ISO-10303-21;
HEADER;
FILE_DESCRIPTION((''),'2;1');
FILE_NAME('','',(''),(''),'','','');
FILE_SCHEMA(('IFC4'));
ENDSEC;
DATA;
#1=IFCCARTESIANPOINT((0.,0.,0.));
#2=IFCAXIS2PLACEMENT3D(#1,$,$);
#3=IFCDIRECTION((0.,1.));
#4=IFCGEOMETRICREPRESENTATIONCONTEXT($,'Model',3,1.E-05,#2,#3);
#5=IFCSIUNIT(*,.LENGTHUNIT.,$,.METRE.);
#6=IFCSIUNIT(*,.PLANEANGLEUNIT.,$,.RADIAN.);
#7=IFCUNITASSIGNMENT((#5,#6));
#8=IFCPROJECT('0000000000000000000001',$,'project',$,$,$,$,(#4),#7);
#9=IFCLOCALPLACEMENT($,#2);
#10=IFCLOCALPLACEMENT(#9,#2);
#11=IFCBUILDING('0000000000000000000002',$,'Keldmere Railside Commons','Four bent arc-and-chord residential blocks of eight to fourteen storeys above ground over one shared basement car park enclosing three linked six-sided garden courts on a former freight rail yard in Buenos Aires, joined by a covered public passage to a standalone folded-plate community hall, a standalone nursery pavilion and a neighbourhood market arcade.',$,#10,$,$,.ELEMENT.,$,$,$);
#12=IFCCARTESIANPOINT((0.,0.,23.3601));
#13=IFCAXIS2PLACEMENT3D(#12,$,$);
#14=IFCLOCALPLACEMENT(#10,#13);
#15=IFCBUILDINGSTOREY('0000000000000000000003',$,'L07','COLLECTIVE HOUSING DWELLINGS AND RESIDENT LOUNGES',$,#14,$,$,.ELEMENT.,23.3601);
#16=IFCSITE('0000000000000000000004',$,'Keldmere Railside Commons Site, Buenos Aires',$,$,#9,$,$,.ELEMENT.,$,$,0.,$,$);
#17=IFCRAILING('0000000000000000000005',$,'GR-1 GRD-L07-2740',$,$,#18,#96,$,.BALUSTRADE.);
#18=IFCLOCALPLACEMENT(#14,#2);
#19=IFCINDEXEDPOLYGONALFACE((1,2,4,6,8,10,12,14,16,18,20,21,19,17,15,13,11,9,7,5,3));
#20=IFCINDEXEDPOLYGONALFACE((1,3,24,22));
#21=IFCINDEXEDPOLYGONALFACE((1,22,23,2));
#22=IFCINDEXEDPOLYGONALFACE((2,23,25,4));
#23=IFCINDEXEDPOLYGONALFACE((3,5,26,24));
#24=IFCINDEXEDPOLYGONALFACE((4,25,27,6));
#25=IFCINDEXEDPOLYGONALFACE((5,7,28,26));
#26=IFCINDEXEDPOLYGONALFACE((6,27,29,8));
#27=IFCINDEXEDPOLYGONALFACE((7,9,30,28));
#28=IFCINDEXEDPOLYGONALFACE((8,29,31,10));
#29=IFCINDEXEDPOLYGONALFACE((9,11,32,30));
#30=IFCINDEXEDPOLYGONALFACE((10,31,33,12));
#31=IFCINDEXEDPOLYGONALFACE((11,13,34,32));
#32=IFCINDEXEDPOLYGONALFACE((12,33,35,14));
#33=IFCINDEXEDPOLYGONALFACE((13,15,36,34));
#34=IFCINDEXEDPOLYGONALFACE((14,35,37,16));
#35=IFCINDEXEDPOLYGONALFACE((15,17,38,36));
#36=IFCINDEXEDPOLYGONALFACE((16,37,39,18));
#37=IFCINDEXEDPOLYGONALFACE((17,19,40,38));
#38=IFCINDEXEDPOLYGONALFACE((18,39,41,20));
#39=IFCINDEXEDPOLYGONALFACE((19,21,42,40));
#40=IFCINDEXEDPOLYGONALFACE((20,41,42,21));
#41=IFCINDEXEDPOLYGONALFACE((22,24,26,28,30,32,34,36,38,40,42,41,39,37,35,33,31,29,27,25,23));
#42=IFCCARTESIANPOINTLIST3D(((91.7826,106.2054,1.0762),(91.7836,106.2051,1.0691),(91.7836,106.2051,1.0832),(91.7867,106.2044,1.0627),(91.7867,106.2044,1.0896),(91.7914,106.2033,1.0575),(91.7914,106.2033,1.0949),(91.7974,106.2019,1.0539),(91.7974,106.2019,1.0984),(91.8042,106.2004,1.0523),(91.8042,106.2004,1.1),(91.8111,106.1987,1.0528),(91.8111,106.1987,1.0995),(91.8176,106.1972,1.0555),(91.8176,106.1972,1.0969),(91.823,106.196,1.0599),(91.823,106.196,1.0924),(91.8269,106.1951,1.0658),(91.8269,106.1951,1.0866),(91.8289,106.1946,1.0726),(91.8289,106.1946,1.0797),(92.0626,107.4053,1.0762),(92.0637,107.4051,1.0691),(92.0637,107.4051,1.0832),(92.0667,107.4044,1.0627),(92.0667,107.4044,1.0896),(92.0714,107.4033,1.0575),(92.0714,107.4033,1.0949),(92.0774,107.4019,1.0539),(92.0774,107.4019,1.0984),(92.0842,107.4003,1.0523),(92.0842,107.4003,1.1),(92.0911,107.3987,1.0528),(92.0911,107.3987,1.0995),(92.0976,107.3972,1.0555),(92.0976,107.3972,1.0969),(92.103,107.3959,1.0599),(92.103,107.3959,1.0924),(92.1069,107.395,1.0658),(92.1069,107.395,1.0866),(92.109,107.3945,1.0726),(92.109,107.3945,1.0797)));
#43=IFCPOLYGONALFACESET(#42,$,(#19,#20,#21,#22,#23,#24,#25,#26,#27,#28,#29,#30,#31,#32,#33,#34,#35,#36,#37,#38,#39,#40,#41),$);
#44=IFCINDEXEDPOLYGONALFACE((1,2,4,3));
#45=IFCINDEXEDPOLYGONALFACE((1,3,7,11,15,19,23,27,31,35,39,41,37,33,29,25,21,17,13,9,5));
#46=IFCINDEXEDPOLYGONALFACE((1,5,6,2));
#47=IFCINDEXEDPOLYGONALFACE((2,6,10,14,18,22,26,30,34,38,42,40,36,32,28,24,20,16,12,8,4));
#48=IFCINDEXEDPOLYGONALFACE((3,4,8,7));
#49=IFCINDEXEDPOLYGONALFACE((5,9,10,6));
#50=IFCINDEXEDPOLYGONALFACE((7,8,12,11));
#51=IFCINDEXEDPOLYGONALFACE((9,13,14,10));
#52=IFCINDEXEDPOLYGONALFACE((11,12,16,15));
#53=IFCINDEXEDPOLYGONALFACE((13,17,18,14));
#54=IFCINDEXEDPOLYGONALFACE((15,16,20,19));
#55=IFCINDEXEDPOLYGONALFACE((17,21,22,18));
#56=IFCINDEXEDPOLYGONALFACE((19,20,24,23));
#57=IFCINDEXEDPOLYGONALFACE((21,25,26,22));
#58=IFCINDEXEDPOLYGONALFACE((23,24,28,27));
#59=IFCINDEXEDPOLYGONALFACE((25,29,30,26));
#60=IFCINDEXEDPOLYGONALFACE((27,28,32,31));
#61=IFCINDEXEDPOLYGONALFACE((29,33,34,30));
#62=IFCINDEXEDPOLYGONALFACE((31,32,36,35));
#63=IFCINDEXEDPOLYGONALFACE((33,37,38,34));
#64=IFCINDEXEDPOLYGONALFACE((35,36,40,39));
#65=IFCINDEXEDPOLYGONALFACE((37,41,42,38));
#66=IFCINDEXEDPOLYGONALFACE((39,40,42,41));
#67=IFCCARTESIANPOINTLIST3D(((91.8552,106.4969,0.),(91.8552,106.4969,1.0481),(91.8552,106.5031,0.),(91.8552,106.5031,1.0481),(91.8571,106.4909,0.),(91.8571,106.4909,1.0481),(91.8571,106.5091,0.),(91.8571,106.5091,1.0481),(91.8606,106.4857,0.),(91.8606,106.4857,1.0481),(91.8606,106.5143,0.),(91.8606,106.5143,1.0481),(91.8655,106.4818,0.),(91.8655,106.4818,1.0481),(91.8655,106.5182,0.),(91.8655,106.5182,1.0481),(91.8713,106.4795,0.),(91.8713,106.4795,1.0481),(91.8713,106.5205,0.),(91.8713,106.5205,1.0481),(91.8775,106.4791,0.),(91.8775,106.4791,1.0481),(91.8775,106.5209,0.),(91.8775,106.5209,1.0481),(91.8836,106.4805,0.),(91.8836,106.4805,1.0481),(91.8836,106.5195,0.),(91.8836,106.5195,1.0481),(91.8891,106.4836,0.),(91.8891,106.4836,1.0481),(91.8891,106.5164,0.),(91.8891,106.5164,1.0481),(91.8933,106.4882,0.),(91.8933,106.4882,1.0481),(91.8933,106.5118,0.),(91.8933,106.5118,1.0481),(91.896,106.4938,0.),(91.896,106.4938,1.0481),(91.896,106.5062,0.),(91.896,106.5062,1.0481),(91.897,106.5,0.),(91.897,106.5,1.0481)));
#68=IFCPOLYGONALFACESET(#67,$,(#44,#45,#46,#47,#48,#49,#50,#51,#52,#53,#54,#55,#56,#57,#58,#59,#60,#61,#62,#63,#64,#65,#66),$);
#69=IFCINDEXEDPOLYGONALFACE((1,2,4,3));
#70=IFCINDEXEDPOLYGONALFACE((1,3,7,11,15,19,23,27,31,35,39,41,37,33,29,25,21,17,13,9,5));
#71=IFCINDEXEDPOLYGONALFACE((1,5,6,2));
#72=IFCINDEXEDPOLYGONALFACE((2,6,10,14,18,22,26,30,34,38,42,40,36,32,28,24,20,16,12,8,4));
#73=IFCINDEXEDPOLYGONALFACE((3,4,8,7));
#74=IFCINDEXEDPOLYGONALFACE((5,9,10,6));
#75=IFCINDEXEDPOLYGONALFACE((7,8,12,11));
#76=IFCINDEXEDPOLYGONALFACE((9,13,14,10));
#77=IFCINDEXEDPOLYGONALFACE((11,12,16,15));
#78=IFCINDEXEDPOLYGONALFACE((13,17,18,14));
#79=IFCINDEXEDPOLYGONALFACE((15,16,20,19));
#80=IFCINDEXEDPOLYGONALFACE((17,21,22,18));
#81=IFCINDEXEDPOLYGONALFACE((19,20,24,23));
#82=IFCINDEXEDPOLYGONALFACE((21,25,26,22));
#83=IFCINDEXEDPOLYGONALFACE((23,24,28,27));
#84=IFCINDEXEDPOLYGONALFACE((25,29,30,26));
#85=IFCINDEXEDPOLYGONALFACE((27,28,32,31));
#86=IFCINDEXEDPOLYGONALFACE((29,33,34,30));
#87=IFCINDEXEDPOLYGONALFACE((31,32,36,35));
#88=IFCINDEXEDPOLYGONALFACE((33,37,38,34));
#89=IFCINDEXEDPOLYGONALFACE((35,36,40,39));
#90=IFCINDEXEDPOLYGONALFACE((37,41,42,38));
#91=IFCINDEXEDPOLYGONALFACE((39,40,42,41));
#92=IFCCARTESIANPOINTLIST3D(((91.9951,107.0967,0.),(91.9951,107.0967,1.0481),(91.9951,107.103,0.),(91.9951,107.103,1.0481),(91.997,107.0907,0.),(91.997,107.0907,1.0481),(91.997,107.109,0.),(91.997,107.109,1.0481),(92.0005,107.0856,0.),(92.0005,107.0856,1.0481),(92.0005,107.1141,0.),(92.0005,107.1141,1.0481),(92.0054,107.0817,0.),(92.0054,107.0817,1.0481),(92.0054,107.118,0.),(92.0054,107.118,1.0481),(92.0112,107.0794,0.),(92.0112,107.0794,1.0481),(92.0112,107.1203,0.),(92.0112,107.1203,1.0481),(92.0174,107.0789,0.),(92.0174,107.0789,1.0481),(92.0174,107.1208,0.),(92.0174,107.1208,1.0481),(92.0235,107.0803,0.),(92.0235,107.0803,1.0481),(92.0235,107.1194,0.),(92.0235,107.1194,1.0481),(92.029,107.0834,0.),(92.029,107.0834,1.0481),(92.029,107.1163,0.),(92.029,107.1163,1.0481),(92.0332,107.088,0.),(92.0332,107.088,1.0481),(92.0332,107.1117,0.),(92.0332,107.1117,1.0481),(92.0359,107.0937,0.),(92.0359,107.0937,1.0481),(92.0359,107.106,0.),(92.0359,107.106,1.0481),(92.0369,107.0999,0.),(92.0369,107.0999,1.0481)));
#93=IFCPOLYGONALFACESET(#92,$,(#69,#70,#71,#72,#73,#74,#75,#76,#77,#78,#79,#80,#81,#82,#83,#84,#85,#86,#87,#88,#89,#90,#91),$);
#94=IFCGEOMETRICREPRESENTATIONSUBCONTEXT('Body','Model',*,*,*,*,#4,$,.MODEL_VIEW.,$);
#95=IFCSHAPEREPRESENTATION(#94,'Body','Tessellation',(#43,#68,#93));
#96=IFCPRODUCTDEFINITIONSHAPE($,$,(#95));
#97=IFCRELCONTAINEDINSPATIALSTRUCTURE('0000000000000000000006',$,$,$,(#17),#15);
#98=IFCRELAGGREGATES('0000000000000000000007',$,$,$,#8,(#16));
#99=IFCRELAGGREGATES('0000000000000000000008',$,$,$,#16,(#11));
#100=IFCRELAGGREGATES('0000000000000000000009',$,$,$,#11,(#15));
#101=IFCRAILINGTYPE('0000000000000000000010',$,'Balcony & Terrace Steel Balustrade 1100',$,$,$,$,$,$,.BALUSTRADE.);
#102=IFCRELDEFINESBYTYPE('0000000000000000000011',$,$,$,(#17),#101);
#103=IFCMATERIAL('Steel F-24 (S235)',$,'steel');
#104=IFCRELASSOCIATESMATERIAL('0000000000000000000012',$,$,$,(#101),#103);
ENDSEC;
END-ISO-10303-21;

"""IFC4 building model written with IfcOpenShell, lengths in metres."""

from ifc_helpers import new_model, si_unit, direction, frame, origin, origin_2d, place, context, subcontext, project, spatial, circle, extrude, material, type_object, element, save


model = new_model("IFC4")

# Units and contexts
model_context = context("Model", 3, precision=1e-05, world=origin(), true_north=direction((0.0, 1.0)))
body_context = subcontext(model_context, "Body", "Model", "MODEL_VIEW")
ifc_project = project(units=[si_unit("LENGTHUNIT", "METRE"), si_unit("PLANEANGLEUNIT", "RADIAN")], contexts=[model_context])

# Site, building, storey
site_placement = place(None, origin())
site = spatial("IfcSite", under=ifc_project, at=site_placement, Name="Keldmere Railside Commons Site, Buenos Aires", CompositionType="ELEMENT", RefElevation=0.0)
building_placement = place(site_placement, origin())
building = spatial("IfcBuilding", under=site, at=building_placement, Name="Keldmere Railside Commons", Description="Four bent arc-and-chord residential blocks of eight to fourteen storeys above ground over one shared basement car park enclosing three linked six-sided garden courts on a former freight rail yard in Buenos Aires, joined by a covered public passage to a standalone folded-plate community hall, a standalone nursery pavilion and a neighbourhood market arcade.", CompositionType="ELEMENT")
storey_placement = place(building_placement, frame((0.0, 0.0, 23.3601)))
storey = spatial("IfcBuildingStorey", under=building, at=storey_placement, Name="L07", Description="COLLECTIVE HOUSING DWELLINGS AND RESIDENT LOUNGES", CompositionType="ELEMENT", Elevation=23.3601)

# Railing
ifc_material_1 = material(Name="Steel F-24 (S235)", Category="steel")
railing_type = type_object("IfcRailingType", Name="Balcony & Terrace Steel Balustrade 1100", PredefinedType="BALUSTRADE", material=ifc_material_1)
railing_1_placement = place(storey_placement, frame((91.8059, 106.2, 0.0)))
element("IfcRailing", 1, at=railing_1_placement, inside=storey, type_object=railing_type, Name="GR-1 GRD-L07-2740", PredefinedType="BALUSTRADE", context=body_context, shape_type="SweptSolid", body=[
    extrude(circle(Radius=0.0239, at=origin_2d()), frame((0.0, 0.0, 1.0762), z_axis=(0.227261, 0.973834, 0.0), x_axis=(-0.973834, 0.227261, 0.0)), (0.0, 0.0, 1.0), 1.2322),
    extrude(circle(Radius=0.021, at=origin_2d()), frame((0.0701, 0.3, 0.0)), (0.0, 0.0, 1.0), 1.0481),
    extrude(circle(Radius=0.021, at=origin_2d()), frame((0.21, 0.8999, 0.0)), (0.0, 0.0, 1.0), 1.0481),
])

save(model, "model.ifc")
